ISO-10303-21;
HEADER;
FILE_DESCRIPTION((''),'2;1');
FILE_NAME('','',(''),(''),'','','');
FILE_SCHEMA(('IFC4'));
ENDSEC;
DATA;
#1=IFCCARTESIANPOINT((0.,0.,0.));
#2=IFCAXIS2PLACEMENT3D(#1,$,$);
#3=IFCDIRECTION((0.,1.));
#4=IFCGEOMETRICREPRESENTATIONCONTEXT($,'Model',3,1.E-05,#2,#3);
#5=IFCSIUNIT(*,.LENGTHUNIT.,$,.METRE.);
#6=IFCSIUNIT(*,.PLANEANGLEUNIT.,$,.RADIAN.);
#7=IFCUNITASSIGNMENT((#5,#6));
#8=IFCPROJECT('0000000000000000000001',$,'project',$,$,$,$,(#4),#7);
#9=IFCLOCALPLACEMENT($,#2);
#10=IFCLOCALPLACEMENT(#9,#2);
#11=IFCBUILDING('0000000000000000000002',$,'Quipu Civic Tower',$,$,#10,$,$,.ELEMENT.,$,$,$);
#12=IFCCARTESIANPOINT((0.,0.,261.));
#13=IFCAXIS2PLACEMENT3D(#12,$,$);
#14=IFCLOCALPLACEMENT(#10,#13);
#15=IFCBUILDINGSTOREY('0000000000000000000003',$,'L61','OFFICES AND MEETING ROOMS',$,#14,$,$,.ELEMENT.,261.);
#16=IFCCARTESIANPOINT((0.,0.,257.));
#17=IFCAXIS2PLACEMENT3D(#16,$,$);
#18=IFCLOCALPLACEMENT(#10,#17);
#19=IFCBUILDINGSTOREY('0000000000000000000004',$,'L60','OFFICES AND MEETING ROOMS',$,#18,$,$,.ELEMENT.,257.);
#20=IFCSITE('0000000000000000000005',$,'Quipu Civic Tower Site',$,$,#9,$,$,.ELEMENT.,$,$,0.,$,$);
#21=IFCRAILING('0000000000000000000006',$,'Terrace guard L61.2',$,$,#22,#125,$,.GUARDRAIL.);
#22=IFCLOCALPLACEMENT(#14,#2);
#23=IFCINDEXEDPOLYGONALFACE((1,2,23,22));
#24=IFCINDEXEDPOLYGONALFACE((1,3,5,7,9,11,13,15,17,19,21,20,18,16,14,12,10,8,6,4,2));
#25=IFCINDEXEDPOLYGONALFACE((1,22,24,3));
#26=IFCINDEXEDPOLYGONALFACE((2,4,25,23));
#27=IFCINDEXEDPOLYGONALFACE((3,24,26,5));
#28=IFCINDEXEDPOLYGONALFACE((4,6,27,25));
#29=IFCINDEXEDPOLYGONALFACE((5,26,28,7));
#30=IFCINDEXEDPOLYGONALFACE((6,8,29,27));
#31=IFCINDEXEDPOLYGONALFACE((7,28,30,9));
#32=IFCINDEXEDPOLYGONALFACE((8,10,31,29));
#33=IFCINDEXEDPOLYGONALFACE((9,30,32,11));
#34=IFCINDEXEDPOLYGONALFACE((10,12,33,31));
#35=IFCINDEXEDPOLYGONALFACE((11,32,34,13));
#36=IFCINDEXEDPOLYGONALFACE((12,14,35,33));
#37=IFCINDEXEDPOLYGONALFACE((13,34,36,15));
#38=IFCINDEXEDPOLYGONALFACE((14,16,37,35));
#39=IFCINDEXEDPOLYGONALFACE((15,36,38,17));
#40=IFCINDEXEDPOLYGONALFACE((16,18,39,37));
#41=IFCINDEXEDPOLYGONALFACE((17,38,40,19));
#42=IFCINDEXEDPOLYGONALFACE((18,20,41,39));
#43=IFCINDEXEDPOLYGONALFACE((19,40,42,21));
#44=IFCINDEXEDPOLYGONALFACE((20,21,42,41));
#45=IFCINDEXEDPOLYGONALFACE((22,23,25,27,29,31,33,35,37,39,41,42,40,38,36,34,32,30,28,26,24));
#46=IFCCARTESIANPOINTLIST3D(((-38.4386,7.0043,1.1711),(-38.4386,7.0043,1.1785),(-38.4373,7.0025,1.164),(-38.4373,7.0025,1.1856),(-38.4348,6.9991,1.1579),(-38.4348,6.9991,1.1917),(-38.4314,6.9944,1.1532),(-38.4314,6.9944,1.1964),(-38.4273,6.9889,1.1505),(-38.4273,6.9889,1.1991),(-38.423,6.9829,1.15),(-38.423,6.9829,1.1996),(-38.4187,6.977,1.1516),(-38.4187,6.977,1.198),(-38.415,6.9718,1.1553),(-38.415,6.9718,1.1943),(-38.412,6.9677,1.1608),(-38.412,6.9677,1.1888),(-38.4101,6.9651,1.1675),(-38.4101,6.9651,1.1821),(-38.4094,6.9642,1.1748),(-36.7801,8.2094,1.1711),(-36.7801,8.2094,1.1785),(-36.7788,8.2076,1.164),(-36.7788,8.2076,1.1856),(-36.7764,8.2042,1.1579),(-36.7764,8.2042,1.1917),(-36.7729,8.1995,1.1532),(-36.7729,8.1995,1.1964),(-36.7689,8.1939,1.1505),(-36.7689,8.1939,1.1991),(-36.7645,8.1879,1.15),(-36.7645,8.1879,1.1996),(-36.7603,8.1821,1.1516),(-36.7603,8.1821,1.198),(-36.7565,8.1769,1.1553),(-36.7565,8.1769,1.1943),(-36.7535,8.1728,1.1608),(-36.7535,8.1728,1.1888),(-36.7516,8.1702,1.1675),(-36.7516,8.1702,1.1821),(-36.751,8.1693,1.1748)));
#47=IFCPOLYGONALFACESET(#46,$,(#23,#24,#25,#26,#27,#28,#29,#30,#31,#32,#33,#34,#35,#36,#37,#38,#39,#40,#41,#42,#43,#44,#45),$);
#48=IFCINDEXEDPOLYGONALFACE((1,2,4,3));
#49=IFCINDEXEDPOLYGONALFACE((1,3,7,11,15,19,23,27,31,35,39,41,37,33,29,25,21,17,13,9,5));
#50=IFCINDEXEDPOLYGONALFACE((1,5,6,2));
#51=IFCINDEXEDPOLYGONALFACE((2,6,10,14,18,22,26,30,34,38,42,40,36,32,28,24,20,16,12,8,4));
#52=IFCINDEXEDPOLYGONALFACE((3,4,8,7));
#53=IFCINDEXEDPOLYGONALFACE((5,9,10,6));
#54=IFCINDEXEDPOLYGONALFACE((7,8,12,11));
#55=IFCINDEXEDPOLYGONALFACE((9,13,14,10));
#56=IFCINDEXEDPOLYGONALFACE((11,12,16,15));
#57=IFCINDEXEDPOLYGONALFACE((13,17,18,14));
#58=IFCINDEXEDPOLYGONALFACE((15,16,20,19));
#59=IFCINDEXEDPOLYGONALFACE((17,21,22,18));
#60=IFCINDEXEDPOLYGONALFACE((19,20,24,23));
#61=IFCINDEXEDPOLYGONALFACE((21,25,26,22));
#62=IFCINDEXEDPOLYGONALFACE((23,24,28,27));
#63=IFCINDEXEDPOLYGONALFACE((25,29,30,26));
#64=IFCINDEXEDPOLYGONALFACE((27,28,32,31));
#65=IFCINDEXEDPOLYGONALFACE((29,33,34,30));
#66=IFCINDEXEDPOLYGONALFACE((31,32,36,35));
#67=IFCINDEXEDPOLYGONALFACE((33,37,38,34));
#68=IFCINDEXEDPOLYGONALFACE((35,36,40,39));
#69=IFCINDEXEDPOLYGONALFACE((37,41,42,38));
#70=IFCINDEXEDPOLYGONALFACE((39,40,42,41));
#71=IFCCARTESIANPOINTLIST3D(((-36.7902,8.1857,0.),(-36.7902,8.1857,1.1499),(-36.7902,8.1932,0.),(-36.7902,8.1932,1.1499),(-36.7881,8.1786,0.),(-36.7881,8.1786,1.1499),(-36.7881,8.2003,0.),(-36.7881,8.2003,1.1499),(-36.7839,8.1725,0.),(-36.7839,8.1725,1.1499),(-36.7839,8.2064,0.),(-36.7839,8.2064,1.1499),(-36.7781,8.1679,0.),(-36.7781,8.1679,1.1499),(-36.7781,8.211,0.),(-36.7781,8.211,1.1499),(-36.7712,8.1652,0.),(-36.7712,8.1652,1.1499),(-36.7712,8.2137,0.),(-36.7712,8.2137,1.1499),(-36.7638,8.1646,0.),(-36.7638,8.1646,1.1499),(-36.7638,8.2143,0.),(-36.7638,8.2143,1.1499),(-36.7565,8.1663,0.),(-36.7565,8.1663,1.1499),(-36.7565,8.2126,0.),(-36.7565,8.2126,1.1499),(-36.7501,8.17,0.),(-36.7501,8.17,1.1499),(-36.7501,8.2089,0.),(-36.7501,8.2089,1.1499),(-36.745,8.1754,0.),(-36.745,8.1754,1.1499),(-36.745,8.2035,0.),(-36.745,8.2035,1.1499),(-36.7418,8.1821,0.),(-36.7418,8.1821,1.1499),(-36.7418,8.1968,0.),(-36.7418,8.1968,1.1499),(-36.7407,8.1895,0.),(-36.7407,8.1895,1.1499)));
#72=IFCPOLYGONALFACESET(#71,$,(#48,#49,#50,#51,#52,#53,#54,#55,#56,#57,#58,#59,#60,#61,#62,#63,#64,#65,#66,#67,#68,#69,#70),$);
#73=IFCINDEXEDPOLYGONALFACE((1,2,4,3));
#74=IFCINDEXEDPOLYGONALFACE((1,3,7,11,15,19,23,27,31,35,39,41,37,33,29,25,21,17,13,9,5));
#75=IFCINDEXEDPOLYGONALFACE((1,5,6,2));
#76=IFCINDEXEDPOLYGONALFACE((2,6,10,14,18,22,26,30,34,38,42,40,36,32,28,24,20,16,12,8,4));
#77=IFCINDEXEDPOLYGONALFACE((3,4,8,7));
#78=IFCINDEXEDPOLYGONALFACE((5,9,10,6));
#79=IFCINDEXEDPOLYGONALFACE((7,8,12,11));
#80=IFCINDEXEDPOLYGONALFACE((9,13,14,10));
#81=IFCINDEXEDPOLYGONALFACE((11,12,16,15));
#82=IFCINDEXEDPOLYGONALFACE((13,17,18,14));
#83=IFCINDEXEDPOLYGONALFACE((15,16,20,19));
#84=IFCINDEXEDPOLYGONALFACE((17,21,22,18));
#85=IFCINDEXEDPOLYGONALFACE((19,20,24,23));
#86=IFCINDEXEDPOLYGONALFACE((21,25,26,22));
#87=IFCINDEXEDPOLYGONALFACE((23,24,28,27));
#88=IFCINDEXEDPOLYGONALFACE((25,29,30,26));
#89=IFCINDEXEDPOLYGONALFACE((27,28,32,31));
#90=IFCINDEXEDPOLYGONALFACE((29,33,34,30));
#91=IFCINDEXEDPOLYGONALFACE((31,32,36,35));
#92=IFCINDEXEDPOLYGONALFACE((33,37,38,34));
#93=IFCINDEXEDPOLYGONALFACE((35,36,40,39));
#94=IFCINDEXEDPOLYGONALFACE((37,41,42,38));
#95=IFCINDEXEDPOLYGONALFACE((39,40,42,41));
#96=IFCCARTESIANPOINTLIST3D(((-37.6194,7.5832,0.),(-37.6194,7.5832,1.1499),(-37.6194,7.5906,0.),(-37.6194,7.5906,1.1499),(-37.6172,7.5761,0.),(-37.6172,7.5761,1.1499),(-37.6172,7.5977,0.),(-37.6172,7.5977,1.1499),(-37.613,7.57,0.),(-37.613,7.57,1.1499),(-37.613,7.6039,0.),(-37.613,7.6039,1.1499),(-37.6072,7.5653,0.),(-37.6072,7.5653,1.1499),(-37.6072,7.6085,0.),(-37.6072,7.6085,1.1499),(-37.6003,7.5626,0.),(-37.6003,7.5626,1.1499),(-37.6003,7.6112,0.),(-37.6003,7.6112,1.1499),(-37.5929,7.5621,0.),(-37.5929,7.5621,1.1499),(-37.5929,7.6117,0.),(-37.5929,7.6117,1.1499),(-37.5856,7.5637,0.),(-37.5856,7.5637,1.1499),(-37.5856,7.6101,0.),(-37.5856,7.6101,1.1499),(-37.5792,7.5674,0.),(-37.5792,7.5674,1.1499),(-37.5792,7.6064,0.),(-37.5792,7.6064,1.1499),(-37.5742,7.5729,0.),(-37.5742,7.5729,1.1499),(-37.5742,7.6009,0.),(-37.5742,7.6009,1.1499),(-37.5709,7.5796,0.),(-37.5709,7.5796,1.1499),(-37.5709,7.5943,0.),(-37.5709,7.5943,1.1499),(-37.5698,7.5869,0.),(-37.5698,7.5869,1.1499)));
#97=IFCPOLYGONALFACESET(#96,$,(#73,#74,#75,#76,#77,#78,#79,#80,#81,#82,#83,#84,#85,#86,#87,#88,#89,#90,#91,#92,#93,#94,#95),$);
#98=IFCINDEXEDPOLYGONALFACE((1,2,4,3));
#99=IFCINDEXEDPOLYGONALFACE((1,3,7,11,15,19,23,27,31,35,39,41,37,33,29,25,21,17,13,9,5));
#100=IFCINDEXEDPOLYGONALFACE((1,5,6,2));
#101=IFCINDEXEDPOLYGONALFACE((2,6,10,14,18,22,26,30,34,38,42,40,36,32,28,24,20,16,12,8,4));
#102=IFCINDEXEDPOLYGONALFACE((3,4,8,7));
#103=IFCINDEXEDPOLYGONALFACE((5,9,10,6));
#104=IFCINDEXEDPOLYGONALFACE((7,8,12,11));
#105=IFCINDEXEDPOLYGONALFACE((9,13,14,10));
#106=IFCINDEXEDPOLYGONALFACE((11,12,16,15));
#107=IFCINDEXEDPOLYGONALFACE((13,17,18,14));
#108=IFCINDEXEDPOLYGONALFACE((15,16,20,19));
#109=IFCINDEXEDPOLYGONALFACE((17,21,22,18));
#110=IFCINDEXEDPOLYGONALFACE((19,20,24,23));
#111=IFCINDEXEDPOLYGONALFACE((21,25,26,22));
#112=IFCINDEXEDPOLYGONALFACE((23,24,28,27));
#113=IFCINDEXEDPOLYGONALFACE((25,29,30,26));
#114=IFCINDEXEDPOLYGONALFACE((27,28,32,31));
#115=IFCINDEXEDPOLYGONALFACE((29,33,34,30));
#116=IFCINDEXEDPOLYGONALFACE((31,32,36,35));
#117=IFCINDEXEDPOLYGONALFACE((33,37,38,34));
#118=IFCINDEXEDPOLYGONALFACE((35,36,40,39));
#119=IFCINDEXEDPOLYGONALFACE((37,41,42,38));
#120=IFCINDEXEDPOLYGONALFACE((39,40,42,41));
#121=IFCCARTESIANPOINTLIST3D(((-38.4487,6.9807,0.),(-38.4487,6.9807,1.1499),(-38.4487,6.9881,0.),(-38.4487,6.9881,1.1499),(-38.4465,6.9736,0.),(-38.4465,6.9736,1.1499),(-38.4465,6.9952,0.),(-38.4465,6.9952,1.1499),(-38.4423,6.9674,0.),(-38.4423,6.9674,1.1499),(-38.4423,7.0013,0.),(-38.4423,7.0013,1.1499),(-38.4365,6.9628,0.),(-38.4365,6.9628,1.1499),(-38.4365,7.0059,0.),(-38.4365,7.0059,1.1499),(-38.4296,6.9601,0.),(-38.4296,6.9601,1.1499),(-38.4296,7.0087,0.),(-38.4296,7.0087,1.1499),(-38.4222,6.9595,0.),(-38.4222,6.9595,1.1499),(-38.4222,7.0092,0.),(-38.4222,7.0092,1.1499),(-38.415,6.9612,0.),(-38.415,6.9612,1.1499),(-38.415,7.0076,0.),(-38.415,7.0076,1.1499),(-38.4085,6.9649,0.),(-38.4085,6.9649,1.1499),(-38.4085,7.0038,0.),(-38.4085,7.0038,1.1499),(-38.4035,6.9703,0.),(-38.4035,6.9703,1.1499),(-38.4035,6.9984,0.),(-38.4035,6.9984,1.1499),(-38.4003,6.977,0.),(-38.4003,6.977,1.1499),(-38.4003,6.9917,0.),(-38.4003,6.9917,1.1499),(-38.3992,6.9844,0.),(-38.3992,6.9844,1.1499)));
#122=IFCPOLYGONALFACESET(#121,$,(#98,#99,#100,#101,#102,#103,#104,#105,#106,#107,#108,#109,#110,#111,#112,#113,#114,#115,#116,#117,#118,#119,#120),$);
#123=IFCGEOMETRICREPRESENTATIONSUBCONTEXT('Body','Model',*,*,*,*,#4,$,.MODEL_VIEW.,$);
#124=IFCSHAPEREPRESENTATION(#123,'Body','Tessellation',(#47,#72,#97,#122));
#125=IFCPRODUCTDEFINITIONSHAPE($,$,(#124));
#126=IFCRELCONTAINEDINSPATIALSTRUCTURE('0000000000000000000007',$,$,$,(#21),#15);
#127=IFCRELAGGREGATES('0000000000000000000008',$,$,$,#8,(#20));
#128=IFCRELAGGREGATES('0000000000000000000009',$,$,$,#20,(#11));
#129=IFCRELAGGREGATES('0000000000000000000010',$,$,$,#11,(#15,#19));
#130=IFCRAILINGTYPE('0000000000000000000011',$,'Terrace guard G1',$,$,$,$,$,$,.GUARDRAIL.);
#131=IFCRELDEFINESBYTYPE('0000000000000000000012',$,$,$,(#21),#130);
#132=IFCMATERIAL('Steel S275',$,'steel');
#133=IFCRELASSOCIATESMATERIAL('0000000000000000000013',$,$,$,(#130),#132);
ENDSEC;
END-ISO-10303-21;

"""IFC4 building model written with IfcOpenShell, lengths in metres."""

from ifc_helpers import new_model, si_unit, direction, frame, origin, origin_2d, place, context, subcontext, project, spatial, circle, extrude, material, type_object, element, save


model = new_model("IFC4")

# Units and contexts
model_context = context("Model", 3, precision=1e-05, world=origin(), true_north=direction((0.0, 1.0)))
body_context = subcontext(model_context, "Body", "Model", "MODEL_VIEW")
ifc_project = project(units=[si_unit("LENGTHUNIT", "METRE"), si_unit("PLANEANGLEUNIT", "RADIAN")], contexts=[model_context])

# Site, building, storey
site_placement = place(None, origin())
site = spatial("IfcSite", under=ifc_project, at=site_placement, Name="Quipu Civic Tower Site", CompositionType="ELEMENT", RefElevation=0.0)
building_placement = place(site_placement, origin())
building = spatial("IfcBuilding", under=site, at=building_placement, Name="Quipu Civic Tower", CompositionType="ELEMENT")
storey_1_placement = place(building_placement, frame((0.0, 0.0, 261.0)))
storey_1 = spatial("IfcBuildingStorey", under=building, at=storey_1_placement, Name="L61", Description="OFFICES AND MEETING ROOMS", CompositionType="ELEMENT", Elevation=261.0)

# Shared definitions
storey_2_placement = place(building_placement, frame((0.0, 0.0, 257.0)))
storey_2 = spatial("IfcBuildingStorey", under=building, at=storey_2_placement, Name="L60", Description="OFFICES AND MEETING ROOMS", CompositionType="ELEMENT", Elevation=257.0)

# Railing
ifc_material_1 = material(Name="Steel S275", Category="steel")
railing_type = type_object("IfcRailingType", Name="Terrace guard G1", PredefinedType="GUARDRAIL", material=ifc_material_1)
railing_1_placement = place(storey_1_placement, frame((-36.7656, 8.1895, 0.0)))
element("IfcRailing", 1, at=railing_1_placement, inside=storey_1, type_object=railing_type, Name="Terrace guard L61.2", PredefinedType="GUARDRAIL", context=body_context, shape_type="SweptSolid", body=[
    extrude(circle(Radius=0.0249, at=origin_2d()), frame((0.0, 0.0, 1.1748), z_axis=(-0.808983, -0.587832, 0.0), x_axis=(0.587832, -0.808983, 0.0)), (0.0, 0.0, 1.0), 2.05),
    extrude(circle(Radius=0.0249, at=origin_2d()), origin(), (0.0, 0.0, 1.0), 1.1499),
    extrude(circle(Radius=0.0249, at=origin_2d()), frame((-0.8291, -0.6025, 0.0)), (0.0, 0.0, 1.0), 1.1499),
    extrude(circle(Radius=0.0249, at=origin_2d()), frame((-1.6584, -1.2051, 0.0)), (0.0, 0.0, 1.0), 1.1499),
])

save(model, "model.ifc")
